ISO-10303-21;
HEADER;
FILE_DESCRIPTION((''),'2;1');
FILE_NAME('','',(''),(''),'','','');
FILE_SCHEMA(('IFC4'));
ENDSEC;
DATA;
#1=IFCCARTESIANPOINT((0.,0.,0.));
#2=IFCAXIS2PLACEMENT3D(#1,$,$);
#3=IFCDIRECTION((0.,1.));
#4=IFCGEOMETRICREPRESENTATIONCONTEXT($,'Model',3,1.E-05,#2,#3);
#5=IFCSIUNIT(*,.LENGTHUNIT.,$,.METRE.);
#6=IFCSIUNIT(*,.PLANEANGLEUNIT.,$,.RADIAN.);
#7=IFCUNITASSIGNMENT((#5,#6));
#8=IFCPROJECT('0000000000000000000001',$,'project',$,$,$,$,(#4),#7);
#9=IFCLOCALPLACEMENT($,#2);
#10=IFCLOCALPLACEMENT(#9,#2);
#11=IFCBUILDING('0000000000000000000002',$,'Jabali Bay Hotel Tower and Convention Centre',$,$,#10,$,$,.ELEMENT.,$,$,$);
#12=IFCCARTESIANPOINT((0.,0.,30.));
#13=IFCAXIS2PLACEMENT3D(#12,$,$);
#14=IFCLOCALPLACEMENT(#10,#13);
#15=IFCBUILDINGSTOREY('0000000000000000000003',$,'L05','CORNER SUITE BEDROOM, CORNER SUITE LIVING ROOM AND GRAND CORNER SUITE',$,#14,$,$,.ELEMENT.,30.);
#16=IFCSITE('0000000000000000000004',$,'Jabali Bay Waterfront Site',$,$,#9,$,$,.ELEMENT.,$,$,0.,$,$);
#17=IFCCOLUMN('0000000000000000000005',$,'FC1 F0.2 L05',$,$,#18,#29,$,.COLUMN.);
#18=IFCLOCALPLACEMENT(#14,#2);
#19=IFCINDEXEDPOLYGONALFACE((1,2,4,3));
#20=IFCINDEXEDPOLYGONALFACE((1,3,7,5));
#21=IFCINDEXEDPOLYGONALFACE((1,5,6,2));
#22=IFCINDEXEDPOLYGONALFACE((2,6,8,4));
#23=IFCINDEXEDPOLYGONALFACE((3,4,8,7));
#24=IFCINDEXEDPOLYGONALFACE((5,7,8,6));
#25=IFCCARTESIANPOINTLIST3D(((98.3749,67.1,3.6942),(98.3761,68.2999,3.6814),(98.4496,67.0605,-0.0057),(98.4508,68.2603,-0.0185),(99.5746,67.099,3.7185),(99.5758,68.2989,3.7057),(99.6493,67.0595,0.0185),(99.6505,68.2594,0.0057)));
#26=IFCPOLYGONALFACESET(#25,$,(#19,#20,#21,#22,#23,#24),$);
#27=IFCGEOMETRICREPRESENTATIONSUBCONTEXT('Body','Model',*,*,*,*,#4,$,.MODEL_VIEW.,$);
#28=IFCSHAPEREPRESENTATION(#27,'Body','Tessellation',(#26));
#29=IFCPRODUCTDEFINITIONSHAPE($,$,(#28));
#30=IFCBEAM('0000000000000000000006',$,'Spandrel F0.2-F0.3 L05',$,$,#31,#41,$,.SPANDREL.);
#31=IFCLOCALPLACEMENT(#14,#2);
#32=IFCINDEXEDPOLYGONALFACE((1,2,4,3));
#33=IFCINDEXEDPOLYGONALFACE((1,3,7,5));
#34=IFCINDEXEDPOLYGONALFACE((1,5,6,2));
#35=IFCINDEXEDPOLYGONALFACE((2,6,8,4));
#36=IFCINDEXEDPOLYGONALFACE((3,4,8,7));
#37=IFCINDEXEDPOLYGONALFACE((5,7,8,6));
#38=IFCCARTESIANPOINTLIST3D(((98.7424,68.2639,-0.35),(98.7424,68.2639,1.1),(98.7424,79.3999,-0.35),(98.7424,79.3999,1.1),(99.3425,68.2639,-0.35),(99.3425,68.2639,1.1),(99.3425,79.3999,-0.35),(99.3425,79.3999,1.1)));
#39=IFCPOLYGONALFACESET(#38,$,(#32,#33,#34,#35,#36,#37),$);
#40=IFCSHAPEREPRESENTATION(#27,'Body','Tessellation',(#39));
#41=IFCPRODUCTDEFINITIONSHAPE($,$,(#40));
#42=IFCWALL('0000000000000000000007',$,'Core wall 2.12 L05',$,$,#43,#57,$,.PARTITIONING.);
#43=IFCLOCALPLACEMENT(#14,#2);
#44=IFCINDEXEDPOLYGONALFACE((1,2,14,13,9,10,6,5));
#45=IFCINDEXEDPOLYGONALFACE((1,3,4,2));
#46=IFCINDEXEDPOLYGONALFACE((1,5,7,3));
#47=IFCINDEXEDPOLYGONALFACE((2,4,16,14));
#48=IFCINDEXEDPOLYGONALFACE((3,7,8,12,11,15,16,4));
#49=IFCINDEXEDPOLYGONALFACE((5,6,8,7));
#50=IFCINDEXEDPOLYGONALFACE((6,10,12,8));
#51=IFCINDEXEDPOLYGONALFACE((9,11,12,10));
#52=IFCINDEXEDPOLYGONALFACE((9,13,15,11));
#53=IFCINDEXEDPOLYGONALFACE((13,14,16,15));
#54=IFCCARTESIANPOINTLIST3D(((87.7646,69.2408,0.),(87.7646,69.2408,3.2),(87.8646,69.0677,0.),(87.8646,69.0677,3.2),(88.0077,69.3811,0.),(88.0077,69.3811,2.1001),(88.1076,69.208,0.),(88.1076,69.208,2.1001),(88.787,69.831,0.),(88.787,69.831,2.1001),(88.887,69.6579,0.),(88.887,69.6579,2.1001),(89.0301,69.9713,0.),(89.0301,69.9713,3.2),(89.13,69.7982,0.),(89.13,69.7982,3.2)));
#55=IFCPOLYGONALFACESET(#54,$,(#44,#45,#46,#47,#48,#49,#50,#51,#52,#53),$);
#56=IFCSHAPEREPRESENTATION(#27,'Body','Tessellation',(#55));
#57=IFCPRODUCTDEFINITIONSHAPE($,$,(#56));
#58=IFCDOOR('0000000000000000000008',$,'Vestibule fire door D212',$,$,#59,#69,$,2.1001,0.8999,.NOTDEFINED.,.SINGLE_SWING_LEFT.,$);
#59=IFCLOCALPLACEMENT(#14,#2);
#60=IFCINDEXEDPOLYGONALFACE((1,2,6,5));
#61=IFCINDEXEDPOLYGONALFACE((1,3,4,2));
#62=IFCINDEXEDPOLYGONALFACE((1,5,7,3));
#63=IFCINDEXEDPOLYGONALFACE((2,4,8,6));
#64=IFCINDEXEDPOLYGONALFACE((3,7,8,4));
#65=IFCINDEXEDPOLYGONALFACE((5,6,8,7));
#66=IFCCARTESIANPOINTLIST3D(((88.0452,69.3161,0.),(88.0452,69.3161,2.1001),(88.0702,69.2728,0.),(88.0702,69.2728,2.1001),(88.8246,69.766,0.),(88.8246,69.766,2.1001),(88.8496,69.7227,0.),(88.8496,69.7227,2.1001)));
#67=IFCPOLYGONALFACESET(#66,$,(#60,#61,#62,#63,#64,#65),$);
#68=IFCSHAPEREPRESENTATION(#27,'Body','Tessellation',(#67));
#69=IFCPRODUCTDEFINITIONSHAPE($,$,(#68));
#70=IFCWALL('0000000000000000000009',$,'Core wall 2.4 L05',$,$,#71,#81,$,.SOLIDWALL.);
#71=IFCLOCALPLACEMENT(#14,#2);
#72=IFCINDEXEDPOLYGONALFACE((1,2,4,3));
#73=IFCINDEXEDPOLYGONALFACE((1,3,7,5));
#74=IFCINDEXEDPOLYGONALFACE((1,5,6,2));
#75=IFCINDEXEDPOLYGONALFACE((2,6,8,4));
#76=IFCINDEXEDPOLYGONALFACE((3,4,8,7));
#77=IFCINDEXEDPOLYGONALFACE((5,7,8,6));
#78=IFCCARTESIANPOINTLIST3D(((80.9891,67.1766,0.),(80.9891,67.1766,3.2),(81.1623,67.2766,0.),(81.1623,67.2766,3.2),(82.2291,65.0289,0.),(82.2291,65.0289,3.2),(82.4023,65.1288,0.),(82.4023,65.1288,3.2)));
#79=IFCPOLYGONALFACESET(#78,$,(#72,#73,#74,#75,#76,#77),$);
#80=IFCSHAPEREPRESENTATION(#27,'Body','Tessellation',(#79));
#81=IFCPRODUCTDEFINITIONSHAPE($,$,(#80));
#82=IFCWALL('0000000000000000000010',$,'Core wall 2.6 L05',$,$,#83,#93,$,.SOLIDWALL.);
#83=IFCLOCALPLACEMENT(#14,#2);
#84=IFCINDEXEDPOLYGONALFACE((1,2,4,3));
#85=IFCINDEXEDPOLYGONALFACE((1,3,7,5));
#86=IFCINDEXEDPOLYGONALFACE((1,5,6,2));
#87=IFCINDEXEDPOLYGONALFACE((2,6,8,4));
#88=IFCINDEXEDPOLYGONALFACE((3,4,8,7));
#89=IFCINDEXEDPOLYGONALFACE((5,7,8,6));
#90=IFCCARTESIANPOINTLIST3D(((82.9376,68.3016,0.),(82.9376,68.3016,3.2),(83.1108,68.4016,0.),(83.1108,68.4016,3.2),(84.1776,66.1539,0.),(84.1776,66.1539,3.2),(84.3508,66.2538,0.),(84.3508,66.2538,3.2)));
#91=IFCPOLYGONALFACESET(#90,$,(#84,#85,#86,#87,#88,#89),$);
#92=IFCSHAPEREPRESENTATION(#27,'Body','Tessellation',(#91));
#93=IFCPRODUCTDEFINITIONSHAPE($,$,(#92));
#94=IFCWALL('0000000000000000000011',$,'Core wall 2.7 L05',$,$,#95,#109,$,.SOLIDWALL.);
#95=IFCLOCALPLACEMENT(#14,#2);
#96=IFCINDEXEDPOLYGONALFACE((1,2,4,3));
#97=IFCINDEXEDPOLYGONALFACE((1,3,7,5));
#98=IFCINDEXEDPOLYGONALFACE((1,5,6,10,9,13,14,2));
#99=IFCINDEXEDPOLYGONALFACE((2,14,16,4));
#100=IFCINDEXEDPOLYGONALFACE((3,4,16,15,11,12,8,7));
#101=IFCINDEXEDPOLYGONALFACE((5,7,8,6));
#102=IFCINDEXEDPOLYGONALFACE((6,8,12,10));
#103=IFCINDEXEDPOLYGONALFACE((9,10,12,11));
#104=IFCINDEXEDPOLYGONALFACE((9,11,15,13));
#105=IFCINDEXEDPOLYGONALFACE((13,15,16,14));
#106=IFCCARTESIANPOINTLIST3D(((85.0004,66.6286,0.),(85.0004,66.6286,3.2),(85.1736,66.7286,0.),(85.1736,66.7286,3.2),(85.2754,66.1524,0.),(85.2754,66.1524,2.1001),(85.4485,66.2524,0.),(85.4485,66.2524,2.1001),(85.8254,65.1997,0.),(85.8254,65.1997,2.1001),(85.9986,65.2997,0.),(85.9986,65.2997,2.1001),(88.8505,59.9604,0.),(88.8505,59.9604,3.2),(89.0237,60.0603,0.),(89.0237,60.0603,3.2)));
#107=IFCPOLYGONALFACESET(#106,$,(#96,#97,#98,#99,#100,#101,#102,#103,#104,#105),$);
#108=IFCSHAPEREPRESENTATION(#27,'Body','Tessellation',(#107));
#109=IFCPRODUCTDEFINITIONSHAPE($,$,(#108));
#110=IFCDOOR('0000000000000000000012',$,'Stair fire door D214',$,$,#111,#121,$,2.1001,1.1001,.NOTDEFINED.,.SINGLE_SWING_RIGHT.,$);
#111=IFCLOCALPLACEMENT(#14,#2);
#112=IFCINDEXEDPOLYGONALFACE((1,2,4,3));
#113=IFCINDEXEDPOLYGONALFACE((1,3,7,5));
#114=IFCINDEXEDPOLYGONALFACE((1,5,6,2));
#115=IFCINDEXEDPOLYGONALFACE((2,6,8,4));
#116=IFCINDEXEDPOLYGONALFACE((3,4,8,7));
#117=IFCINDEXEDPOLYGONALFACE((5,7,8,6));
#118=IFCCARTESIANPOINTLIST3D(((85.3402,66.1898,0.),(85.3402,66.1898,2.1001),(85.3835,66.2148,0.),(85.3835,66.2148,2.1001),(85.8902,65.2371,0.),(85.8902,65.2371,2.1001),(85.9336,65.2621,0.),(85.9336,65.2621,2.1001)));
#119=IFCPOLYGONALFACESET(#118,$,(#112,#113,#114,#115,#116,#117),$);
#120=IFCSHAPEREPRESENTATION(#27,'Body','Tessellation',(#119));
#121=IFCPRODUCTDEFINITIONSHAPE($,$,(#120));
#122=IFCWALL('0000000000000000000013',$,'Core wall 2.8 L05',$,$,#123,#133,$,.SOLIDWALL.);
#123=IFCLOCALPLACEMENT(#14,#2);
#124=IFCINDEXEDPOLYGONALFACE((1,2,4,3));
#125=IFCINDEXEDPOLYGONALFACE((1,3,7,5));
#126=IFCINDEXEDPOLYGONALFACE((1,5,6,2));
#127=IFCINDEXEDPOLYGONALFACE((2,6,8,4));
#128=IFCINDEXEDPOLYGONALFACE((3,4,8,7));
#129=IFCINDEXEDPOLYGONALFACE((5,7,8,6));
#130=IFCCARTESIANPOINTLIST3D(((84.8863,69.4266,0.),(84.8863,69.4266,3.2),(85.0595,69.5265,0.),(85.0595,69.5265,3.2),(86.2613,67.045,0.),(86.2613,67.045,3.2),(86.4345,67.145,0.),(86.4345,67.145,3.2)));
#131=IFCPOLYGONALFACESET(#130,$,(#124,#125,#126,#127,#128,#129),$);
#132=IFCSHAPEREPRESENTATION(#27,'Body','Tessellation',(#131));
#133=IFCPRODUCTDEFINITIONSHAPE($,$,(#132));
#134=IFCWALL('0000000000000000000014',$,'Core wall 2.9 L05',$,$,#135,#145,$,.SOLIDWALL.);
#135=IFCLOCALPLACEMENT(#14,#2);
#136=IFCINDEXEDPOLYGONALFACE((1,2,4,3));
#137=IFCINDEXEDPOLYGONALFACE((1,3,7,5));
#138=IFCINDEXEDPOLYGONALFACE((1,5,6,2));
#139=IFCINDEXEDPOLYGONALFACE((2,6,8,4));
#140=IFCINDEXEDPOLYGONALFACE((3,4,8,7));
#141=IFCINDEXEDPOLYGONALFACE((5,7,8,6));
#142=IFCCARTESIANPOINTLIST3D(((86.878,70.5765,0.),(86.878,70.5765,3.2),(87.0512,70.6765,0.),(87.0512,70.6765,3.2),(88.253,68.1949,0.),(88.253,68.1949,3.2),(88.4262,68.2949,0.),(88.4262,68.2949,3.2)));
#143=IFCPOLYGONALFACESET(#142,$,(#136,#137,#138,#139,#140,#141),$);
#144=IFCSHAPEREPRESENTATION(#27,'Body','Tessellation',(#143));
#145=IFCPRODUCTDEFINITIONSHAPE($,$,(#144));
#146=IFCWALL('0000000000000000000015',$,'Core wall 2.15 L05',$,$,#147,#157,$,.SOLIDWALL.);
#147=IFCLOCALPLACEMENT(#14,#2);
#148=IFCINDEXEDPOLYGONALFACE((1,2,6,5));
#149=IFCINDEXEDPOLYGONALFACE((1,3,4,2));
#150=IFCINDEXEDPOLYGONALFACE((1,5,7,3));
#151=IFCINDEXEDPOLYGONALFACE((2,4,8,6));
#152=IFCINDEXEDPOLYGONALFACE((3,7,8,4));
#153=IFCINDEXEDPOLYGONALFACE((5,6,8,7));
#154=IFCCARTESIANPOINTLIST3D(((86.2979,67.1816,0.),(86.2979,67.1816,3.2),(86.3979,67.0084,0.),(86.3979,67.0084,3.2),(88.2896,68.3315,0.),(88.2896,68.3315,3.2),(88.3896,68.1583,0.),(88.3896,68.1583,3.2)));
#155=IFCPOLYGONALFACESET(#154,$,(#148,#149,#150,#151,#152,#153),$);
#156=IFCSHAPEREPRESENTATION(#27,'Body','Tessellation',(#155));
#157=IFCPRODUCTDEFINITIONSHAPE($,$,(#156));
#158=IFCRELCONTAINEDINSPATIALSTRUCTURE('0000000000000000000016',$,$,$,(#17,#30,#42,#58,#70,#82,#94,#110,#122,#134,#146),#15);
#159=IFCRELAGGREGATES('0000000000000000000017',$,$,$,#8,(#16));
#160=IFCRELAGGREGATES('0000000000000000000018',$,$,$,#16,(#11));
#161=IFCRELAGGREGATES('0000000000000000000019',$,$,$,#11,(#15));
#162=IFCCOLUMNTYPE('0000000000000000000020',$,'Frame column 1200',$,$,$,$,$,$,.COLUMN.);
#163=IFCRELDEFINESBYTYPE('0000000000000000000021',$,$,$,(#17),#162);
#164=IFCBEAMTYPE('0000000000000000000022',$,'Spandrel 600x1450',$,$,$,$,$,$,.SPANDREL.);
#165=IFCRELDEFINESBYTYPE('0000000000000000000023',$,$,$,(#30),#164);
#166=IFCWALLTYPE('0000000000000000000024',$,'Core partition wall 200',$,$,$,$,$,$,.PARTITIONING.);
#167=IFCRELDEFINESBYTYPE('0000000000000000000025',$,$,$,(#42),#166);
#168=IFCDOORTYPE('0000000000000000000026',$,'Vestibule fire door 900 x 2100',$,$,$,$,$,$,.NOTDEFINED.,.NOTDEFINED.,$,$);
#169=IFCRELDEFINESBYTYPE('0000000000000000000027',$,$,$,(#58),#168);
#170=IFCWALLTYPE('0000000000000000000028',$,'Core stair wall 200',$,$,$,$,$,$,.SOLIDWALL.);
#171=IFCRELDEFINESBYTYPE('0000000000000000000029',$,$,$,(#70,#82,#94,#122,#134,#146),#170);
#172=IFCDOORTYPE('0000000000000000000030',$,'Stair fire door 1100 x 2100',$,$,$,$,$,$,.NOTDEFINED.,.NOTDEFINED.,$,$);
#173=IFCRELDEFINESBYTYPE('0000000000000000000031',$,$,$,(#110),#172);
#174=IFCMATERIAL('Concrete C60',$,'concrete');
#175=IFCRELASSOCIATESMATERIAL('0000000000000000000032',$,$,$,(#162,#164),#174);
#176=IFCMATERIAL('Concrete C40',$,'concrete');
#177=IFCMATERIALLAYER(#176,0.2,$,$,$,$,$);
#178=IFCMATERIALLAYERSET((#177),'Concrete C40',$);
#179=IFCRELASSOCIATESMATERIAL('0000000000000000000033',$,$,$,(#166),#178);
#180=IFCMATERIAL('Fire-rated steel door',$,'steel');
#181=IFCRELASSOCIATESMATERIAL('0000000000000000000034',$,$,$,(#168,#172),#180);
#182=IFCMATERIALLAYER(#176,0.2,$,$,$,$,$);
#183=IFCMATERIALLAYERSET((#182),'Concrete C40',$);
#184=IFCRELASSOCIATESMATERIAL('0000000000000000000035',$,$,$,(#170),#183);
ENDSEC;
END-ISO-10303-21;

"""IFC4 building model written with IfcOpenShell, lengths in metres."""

from ifc_helpers import new_model, si_unit, direction, frame, frame_2d, origin, origin_2d, place, context, subcontext, project, spatial, rectangle, extrude, material, layer, layer_set, material_profile, profile_set, type_object, element, fill, save


model = new_model("IFC4")

# Units and contexts
model_context = context("Model", 3, precision=1e-05, world=origin(), true_north=direction((0.0, 1.0)))
body_context = subcontext(model_context, "Body", "Model", "MODEL_VIEW")
ifc_project = project(units=[si_unit("LENGTHUNIT", "METRE"), si_unit("PLANEANGLEUNIT", "RADIAN")], contexts=[model_context])

# Site, building, storey
site_placement = place(None, origin())
site = spatial("IfcSite", under=ifc_project, at=site_placement, Name="Jabali Bay Waterfront Site", CompositionType="ELEMENT", RefElevation=0.0)
building_placement = place(site_placement, origin())
building = spatial("IfcBuilding", under=site, at=building_placement, Name="Jabali Bay Hotel Tower and Convention Centre", CompositionType="ELEMENT")
storey_placement = place(building_placement, frame((0.0, 0.0, 30.0)))
storey = spatial("IfcBuildingStorey", under=building, at=storey_placement, Name="L05", Description="CORNER SUITE BEDROOM, CORNER SUITE LIVING ROOM AND GRAND CORNER SUITE", CompositionType="ELEMENT", Elevation=30.0)

# Column
ifc_material_1 = material(Name="Concrete C60", Category="concrete")
ifc_material_profile_1 = material_profile(ifc_material_1, rectangle(XDim=1.2, YDim=1.2, at=origin_2d()), Name="Frame column 1200")
ifc_profile_set_1 = profile_set([ifc_material_profile_1], Name="Concrete C60")
column_type = type_object("IfcColumnType", Name="Frame column 1200", PredefinedType="COLUMN", material=ifc_profile_set_1)
column_placement = place(storey_placement, frame((99.05, 67.6599, 0.0), z_axis=(-0.020186, 0.010687, 0.999739), x_axis=(-0.001023, -0.999943, 0.010668)))
element("IfcColumn", 1, at=column_placement, inside=storey, type_object=column_type, Name="FC1 F0.2 L05", PredefinedType="COLUMN", context=body_context, shape_type="SweptSolid", body=[
    extrude(rectangle(XDim=1.2, YDim=1.2, at=origin_2d()), origin(), (0.0, 0.0, 1.0), 3.7009),
])

# Beam
ifc_material_profile_2 = material_profile(ifc_material_1, rectangle(XDim=0.6001, YDim=1.45, at=origin_2d()), Name="Spandrel 600x1450")
ifc_profile_set_2 = profile_set([ifc_material_profile_2], Name="Concrete C60")
beam_type = type_object("IfcBeamType", Name="Spandrel 600x1450", PredefinedType="SPANDREL", material=ifc_profile_set_2)
beam_placement = place(storey_placement, frame((99.0425, 68.2639, 0.375), z_axis=(0.0, 1.0, 0.0), x_axis=(-1.0, 0.0, 0.0)))
element("IfcBeam", 2, at=beam_placement, inside=storey, type_object=beam_type, Name="Spandrel F0.2-F0.3 L05", PredefinedType="SPANDREL", context=body_context, shape_type="SweptSolid", body=[
    extrude(rectangle(XDim=0.6001, YDim=1.45, at=origin_2d()), origin(), (0.0, 0.0, 1.0), 11.136),
])

# Wall, opening, door
ifc_material_2 = material(Name="Concrete C40", Category="concrete")
ifc_layer_1 = layer(ifc_material_2, 0.2)
ifc_layer_set_1 = layer_set([ifc_layer_1], Name="Concrete C40")
wall_type_1 = type_object("IfcWallType", Name="Core partition wall 200", PredefinedType="PARTITIONING", material=ifc_layer_set_1)
wall_1_placement = place(storey_placement, frame((87.8147, 69.1543, 0.0), z_axis=(0.0, 0.0, 1.0), x_axis=(0.866055, 0.499949, 0.0)))
wall_1 = element("IfcWall", 3, at=wall_1_placement, inside=storey, type_object=wall_type_1, Name="Core wall 2.12 L05", PredefinedType="PARTITIONING", context=body_context, shape_type="SweptSolid", body=[
    extrude(rectangle(XDim=1.4612, YDim=0.2, at=frame_2d((0.7305, 0.0))), origin(), (0.0, 0.0, 1.0), 3.2),
])
opening_1_placement = place(wall_1_placement, frame((0.2805, 0.0, 0.0)))
opening_1 = element("IfcOpeningElement", 4, at=opening_1_placement, cuts=wall_1, PredefinedType="OPENING", context=body_context, shape_type="SweptSolid", body=[
    extrude(rectangle(XDim=0.8999, YDim=2.1001, at=frame_2d((0.45, 1.05))), frame((0.0, 0.1104, 0.0), z_axis=(0.0, -1.0, 0.0), x_axis=(1.0, 0.0, 0.0)), (0.0, 0.0, 1.0), 0.2209),
])
ifc_material_3 = material(Name="Fire-rated steel door", Category="steel")
door_type_1 = type_object("IfcDoorType", Name="Vestibule fire door 900 x 2100", OperationType="NOTDEFINED", PredefinedType="NOTDEFINED", material=ifc_material_3)
door_1_placement = place(opening_1_placement, origin())
door_1 = element("IfcDoor", 5, at=door_1_placement, inside=storey, type_object=door_type_1, Name="Vestibule fire door D212", OperationType="SINGLE_SWING_LEFT", OverallHeight=2.1001, OverallWidth=0.8999, PredefinedType="NOTDEFINED", context=body_context, shape_type="SweptSolid", body=[
    extrude(rectangle(XDim=0.8999, YDim=2.1001, at=frame_2d((0.45, 1.05))), frame((0.0, 0.0249, 0.0), z_axis=(0.0, -1.0, 0.0), x_axis=(1.0, 0.0, 0.0)), (0.0, 0.0, 1.0), 0.05),
])
fill(opening_1, door_1)

# Walls
ifc_layer_2 = layer(ifc_material_2, 0.2)
ifc_layer_set_2 = layer_set([ifc_layer_2], Name="Concrete C40")
wall_type_2 = type_object("IfcWallType", Name="Core stair wall 200", PredefinedType="SOLIDWALL", material=ifc_layer_set_2)
for number, where, z_axis, x_axis, name in (
    (6, (81.0757, 67.2266, 0.0), (0.0, 0.0, 1.0), (0.500004, -0.866023, 0.0), "Core wall 2.4 L05"),
    (7, (83.0242, 68.3516, 0.0), (0.0, 0.0, 1.0), (0.500004, -0.866023, 0.0), "Core wall 2.6 L05"),
):
    element("IfcWall", number, at=place(storey_placement, frame(where, z_axis=z_axis, x_axis=x_axis)), inside=storey, type_object=wall_type_2, Name=name, PredefinedType="SOLIDWALL", context=body_context, shape_type="SweptSolid", body=[
        extrude(rectangle(XDim=2.48, YDim=0.2, at=frame_2d((1.24, 0.0))), origin(), (0.0, 0.0, 1.0), 3.2),
    ])

# Wall, opening, door
wall_2_placement = place(storey_placement, frame((85.0869, 66.6787, 0.0), z_axis=(0.0, 0.0, 1.0), x_axis=(0.50002, -0.866014, 0.0)))
wall_2 = element("IfcWall", 8, at=wall_2_placement, inside=storey, type_object=wall_type_2, Name="Core wall 2.7 L05", PredefinedType="SOLIDWALL", context=body_context, shape_type="SweptSolid", body=[
    extrude(rectangle(XDim=7.7, YDim=0.2, at=frame_2d((3.8501, 0.0))), origin(), (0.0, 0.0, 1.0), 3.2),
])
opening_2_placement = place(wall_2_placement, frame((0.55, 0.0, 0.0)))
opening_2 = element("IfcOpeningElement", 9, at=opening_2_placement, cuts=wall_2, PredefinedType="OPENING", context=body_context, shape_type="SweptSolid", body=[
    extrude(rectangle(XDim=1.1001, YDim=2.1001, at=frame_2d((0.55, 1.05))), frame((0.0, 0.1104, 0.0), z_axis=(0.0, -1.0, 0.0), x_axis=(1.0, 0.0, 0.0)), (0.0, 0.0, 1.0), 0.2209),
])
door_type_2 = type_object("IfcDoorType", Name="Stair fire door 1100 x 2100", OperationType="NOTDEFINED", PredefinedType="NOTDEFINED", material=ifc_material_3)
door_2_placement = place(opening_2_placement, origin())
door_2 = element("IfcDoor", 10, at=door_2_placement, inside=storey, type_object=door_type_2, Name="Stair fire door D214", OperationType="SINGLE_SWING_RIGHT", OverallHeight=2.1001, OverallWidth=1.1001, PredefinedType="NOTDEFINED", context=body_context, shape_type="SweptSolid", body=[
    extrude(rectangle(XDim=1.1001, YDim=2.1001, at=frame_2d((0.55, 1.05))), frame((0.0, 0.0249, 0.0), z_axis=(0.0, -1.0, 0.0), x_axis=(1.0, 0.0, 0.0)), (0.0, 0.0, 1.0), 0.05),
])
fill(opening_2, door_2)

# Walls
for number, where, z_axis, x_axis, name in (
    (11, (84.9729, 69.4766, 0.0), (0.0, 0.0, 1.0), (0.499997, -0.866027, 0.0), "Core wall 2.8 L05"),
    (12, (86.9646, 70.6265, 0.0), (0.0, 0.0, 1.0), (0.499997, -0.866027, 0.0), "Core wall 2.9 L05"),
):
    element("IfcWall", number, at=place(storey_placement, frame(where, z_axis=z_axis, x_axis=x_axis)), inside=storey, type_object=wall_type_2, Name=name, PredefinedType="SOLIDWALL", context=body_context, shape_type="SweptSolid", body=[
        extrude(rectangle(XDim=2.75, YDim=0.2, at=frame_2d((1.375, 0.0))), origin(), (0.0, 0.0, 1.0), 3.2),
    ])
wall_3_placement = place(storey_placement, frame((86.3479, 67.095, 0.0), z_axis=(0.0, 0.0, 1.0), x_axis=(0.866026, 0.499998, 0.0)))
element("IfcWall", 13, at=wall_3_placement, inside=storey, type_object=wall_type_2, Name="Core wall 2.15 L05", PredefinedType="SOLIDWALL", context=body_context, shape_type="SweptSolid", body=[
    extrude(rectangle(XDim=2.2998, YDim=0.2, at=frame_2d((1.1499, 0.0))), origin(), (0.0, 0.0, 1.0), 3.2),
])

save(model, "model.ifc")
